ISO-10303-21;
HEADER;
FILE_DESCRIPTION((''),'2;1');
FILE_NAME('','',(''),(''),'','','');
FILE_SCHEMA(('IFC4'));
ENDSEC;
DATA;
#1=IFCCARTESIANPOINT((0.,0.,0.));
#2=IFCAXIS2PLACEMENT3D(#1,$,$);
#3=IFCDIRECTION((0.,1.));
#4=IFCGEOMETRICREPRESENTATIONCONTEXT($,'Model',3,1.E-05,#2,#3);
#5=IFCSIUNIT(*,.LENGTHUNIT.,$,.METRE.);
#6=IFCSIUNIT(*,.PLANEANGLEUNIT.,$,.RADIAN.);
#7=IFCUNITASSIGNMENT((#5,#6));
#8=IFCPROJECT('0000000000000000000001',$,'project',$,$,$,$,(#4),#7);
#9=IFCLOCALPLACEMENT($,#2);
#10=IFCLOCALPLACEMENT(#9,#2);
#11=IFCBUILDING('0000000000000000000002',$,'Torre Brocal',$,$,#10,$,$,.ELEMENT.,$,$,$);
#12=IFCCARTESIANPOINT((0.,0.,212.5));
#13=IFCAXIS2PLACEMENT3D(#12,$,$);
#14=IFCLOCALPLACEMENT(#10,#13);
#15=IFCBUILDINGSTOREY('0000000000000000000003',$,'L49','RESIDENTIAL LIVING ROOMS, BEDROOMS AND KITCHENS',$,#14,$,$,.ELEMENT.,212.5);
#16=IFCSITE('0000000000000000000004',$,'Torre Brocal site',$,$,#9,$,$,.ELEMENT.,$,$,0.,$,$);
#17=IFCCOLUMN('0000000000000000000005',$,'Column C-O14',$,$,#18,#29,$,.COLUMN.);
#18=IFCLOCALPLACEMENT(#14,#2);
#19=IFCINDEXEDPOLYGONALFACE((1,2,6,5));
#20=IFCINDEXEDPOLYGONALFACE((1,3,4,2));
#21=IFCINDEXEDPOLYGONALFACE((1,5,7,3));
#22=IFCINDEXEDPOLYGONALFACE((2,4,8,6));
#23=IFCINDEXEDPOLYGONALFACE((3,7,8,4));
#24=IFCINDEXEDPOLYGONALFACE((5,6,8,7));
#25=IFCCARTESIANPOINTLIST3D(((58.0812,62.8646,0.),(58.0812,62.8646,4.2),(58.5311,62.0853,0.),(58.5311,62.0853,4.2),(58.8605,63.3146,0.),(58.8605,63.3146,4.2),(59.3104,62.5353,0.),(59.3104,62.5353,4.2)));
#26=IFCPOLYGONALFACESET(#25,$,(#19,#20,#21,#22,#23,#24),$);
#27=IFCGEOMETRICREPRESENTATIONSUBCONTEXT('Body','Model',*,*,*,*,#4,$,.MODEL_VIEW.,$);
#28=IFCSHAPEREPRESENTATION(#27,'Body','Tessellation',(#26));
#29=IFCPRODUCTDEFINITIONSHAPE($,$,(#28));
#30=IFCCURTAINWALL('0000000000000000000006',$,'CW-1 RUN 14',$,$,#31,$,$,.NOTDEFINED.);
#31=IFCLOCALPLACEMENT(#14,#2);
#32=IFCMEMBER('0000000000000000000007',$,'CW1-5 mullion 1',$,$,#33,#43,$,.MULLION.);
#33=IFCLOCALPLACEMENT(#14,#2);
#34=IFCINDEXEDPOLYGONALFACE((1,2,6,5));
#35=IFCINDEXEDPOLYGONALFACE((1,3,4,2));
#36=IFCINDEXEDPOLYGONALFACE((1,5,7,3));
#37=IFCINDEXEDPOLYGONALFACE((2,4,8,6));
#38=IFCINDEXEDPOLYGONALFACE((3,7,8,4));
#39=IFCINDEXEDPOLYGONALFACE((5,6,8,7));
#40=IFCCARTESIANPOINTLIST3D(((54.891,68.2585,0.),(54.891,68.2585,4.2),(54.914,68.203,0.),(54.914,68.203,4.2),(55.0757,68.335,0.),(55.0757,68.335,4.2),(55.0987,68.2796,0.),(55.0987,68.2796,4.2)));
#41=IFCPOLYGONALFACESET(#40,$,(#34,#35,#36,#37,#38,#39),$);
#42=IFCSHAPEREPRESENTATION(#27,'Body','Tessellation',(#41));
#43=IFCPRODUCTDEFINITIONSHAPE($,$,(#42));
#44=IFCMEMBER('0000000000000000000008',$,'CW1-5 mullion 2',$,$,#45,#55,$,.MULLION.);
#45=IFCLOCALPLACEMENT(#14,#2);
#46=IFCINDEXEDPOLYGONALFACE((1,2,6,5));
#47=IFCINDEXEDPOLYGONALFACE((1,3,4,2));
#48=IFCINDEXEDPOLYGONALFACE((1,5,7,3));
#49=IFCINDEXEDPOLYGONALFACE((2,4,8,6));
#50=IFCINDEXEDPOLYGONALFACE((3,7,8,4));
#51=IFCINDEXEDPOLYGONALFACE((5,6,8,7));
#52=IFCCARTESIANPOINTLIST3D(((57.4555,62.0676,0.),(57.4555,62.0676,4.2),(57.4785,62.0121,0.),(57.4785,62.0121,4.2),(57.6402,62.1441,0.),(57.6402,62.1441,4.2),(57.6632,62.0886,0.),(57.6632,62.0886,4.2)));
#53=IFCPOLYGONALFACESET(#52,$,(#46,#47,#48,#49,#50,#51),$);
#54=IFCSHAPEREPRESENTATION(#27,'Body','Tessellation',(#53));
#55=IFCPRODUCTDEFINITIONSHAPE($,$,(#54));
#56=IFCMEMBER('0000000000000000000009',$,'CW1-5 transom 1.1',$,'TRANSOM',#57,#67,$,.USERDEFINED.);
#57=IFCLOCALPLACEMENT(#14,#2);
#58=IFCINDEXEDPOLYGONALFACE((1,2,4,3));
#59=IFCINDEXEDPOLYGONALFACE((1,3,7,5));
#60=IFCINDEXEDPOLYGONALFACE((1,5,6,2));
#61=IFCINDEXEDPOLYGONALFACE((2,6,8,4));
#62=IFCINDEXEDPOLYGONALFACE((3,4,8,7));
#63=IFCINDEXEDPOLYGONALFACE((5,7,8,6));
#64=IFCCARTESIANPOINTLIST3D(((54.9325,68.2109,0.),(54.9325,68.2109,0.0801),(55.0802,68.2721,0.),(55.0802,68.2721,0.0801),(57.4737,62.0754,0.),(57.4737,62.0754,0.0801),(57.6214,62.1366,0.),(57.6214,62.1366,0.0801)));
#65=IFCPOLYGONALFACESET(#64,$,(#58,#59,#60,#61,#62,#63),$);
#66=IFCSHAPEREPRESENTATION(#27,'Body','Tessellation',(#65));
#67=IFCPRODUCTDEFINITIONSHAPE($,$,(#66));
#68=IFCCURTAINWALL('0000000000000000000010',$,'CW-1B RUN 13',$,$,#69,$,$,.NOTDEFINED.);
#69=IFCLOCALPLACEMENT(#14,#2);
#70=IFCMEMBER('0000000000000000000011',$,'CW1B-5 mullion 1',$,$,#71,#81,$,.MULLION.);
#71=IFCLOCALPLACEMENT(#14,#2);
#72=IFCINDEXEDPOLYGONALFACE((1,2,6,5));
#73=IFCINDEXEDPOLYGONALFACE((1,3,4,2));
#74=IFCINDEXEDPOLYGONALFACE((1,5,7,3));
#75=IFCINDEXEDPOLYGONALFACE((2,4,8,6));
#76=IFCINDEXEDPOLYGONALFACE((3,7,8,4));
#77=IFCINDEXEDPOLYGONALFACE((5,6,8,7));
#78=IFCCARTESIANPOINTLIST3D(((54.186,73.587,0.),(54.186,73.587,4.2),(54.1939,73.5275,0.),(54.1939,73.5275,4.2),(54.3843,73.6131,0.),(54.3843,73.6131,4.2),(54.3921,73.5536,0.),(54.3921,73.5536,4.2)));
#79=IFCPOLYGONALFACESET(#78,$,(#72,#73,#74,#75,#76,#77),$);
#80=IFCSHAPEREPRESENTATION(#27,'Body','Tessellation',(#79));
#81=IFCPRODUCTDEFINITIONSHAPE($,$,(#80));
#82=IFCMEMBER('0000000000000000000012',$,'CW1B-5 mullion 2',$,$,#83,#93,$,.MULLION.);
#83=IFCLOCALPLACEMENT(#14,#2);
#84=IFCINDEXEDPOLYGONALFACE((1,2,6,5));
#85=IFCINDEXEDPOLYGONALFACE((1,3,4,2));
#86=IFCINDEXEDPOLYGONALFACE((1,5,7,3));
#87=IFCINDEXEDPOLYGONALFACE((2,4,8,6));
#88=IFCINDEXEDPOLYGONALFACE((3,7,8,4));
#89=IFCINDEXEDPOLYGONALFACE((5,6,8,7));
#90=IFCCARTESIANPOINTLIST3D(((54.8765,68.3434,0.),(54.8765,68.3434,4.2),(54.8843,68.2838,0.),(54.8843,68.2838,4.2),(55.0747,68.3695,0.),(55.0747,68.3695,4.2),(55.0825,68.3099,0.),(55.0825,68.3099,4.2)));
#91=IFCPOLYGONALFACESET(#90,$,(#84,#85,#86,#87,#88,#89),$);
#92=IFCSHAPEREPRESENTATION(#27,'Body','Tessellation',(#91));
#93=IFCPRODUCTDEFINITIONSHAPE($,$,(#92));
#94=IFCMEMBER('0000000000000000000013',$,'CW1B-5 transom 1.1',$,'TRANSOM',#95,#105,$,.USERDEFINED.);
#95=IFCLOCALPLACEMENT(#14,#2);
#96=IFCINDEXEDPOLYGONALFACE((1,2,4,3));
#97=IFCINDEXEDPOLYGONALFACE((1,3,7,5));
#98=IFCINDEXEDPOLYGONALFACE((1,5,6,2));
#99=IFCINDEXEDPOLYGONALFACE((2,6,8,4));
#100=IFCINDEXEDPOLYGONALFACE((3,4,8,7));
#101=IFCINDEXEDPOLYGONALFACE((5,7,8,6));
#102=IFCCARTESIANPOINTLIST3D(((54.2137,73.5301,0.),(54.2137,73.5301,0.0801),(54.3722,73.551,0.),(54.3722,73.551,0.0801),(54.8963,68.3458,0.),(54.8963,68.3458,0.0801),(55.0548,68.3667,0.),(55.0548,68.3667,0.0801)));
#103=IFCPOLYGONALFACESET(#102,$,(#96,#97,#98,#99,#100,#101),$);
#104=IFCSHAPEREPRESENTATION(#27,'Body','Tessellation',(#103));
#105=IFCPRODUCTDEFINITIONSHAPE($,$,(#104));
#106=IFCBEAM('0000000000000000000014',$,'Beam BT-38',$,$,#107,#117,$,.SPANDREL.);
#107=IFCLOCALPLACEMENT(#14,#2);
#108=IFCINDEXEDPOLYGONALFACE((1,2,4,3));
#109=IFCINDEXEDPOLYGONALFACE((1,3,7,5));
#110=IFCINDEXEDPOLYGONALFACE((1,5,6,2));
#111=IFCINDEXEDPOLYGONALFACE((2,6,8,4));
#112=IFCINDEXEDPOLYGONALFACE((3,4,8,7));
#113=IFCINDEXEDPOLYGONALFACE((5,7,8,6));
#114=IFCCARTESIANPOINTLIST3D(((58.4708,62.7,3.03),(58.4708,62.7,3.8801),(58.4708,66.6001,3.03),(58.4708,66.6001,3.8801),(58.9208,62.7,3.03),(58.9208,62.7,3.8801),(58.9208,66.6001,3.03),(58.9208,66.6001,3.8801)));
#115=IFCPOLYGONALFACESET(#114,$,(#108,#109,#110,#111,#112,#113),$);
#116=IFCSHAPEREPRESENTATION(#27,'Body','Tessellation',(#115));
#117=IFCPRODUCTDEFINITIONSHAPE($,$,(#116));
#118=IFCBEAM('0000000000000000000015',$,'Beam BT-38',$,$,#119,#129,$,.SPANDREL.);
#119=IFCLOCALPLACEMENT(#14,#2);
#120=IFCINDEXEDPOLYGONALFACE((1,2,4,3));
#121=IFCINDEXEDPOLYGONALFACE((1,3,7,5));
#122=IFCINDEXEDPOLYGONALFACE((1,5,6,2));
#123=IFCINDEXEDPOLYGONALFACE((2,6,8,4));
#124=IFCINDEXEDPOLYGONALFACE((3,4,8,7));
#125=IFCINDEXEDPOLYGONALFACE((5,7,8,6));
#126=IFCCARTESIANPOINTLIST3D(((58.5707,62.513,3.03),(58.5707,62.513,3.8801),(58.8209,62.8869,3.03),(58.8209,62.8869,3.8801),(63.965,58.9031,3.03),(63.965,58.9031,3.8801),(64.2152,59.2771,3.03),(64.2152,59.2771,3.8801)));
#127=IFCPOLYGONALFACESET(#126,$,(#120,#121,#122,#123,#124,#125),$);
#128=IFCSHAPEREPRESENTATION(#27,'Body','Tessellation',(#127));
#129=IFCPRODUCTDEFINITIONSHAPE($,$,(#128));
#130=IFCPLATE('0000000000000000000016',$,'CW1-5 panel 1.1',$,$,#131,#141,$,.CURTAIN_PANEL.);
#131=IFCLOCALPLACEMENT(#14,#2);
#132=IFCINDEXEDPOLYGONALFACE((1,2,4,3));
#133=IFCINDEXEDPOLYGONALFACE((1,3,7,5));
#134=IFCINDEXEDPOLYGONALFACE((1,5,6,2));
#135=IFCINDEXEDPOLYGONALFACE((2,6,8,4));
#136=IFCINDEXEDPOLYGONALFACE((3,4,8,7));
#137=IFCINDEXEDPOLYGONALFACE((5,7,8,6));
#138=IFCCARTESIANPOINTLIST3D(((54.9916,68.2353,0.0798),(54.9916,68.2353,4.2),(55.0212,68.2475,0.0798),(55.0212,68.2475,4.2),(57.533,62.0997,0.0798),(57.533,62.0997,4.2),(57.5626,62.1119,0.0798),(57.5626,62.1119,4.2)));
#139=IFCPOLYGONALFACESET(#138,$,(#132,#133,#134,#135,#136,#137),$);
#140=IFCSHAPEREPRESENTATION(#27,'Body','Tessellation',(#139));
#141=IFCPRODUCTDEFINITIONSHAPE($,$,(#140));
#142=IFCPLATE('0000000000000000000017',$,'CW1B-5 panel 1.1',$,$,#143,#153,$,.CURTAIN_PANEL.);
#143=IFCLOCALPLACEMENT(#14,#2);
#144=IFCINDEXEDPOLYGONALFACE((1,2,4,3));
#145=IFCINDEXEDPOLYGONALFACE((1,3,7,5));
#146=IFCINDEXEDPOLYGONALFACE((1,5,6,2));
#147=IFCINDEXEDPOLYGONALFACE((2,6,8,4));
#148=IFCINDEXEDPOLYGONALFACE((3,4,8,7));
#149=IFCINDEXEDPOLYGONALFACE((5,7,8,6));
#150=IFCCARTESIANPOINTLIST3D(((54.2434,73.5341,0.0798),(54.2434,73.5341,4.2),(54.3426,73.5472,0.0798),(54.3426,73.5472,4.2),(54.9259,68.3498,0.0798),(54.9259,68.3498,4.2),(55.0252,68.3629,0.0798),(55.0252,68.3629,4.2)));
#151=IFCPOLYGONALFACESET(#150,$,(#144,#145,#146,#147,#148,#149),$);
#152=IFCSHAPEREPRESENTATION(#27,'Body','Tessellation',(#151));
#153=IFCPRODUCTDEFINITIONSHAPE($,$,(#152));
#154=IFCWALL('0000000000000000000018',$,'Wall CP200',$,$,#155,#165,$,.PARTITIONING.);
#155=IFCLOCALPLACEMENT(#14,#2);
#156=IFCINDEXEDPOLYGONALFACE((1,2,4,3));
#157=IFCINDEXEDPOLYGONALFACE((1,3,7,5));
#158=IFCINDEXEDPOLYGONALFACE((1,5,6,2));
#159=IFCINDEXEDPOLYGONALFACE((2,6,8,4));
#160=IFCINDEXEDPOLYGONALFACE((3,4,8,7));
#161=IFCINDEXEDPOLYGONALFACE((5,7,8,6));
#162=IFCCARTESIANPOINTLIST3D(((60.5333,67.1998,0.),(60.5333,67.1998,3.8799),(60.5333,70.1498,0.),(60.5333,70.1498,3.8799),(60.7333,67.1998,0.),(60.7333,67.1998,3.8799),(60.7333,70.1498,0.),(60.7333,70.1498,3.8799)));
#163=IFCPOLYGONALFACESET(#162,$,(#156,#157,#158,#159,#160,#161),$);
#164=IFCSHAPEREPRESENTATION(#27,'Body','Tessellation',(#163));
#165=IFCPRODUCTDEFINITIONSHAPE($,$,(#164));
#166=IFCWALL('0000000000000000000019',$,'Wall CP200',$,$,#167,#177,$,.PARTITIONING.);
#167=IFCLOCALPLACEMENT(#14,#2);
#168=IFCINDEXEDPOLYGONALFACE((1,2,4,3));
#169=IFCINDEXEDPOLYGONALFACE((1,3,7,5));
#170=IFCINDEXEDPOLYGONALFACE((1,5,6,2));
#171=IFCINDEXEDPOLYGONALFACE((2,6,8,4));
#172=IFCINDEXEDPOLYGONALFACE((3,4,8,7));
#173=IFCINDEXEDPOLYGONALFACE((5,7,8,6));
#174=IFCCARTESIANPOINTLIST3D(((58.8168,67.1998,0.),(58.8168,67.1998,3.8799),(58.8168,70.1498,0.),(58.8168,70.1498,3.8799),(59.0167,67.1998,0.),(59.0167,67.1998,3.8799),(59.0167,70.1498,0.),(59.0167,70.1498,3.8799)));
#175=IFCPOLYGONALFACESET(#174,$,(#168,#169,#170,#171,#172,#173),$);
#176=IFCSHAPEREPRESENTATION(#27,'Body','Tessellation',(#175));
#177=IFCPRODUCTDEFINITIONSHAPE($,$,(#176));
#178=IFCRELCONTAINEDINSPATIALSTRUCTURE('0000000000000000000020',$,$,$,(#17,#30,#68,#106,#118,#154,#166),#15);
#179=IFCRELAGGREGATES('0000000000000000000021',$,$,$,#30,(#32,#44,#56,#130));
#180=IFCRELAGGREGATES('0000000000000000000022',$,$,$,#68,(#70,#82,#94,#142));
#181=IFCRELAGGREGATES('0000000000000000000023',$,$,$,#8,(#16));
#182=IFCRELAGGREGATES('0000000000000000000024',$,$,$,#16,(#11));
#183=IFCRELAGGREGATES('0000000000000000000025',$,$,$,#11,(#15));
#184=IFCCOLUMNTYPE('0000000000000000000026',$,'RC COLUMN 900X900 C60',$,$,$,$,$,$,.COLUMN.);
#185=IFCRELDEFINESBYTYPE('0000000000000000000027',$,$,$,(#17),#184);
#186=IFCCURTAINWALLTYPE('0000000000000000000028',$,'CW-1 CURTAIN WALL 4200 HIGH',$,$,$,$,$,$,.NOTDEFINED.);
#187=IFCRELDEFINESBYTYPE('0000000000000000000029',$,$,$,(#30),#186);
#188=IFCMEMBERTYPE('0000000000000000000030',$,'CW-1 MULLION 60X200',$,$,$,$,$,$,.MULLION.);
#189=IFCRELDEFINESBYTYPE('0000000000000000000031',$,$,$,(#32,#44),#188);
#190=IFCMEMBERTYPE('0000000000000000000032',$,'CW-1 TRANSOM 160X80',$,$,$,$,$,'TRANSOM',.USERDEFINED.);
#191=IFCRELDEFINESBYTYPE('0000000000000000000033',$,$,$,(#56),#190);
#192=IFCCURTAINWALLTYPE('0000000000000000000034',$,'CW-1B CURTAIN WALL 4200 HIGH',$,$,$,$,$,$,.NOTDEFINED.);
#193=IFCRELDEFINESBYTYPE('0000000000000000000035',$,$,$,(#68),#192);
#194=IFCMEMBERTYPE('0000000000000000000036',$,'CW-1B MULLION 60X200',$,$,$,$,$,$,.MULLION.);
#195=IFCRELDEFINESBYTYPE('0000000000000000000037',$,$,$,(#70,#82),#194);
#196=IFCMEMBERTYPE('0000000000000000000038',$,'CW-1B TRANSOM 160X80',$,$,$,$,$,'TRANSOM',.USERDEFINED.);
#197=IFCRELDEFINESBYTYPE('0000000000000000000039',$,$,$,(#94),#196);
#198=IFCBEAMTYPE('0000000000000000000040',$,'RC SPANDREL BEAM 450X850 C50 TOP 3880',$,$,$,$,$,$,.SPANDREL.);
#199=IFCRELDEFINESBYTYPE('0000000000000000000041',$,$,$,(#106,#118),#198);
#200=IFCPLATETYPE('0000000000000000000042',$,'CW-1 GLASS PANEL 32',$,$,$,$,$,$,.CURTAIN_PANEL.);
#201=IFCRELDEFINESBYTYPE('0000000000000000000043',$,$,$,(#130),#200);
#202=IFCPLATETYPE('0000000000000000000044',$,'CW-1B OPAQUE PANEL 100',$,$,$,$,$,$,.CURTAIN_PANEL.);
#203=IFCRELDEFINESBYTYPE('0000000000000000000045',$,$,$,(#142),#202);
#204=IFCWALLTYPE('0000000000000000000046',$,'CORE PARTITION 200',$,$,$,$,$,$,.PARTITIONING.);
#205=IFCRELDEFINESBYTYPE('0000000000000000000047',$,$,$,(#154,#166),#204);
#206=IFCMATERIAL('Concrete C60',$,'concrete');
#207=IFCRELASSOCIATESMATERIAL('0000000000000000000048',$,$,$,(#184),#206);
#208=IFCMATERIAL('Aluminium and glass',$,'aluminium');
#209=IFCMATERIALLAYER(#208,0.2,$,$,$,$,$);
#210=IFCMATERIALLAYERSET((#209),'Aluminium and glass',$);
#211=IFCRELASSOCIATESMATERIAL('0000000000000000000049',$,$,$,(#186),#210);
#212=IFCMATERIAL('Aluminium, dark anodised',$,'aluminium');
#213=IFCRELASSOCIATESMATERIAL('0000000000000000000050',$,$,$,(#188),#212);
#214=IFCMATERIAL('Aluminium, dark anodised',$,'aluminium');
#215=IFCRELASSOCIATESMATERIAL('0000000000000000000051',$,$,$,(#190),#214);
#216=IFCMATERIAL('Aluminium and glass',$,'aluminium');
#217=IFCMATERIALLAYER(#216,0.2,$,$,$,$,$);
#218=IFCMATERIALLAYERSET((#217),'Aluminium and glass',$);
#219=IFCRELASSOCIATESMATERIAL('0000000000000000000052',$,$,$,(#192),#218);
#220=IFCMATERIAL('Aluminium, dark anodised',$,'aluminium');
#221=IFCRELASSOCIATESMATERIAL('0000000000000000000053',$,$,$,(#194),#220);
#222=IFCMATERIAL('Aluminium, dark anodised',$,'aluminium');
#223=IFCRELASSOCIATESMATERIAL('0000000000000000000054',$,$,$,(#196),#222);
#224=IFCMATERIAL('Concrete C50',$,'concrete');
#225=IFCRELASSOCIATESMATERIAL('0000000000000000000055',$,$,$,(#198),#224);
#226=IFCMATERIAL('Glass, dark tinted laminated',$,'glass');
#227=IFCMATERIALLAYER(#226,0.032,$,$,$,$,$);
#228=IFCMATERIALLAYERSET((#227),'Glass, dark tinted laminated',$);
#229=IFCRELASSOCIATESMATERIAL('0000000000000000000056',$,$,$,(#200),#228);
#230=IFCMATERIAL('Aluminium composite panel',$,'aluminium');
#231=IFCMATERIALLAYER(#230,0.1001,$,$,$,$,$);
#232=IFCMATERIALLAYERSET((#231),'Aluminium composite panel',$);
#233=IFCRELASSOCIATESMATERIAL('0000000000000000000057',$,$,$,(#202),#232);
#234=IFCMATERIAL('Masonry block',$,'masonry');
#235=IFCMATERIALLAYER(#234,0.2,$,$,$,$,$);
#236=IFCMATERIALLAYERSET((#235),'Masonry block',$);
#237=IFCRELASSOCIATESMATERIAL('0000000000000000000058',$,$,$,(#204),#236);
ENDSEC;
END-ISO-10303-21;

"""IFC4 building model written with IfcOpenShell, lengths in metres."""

from ifc_helpers import new_model, si_unit, direction, frame, frame_2d, origin, origin_2d, place, context, subcontext, project, spatial, rectangle, extrude, material, layer, layer_set, material_profile, profile_set, type_object, element, aggregate, save


model = new_model("IFC4")

# Units and contexts
model_context = context("Model", 3, precision=1e-05, world=origin(), true_north=direction((0.0, 1.0)))
body_context = subcontext(model_context, "Body", "Model", "MODEL_VIEW")
ifc_project = project(units=[si_unit("LENGTHUNIT", "METRE"), si_unit("PLANEANGLEUNIT", "RADIAN")], contexts=[model_context])

# Site, building, storey
site_placement = place(None, origin())
site = spatial("IfcSite", under=ifc_project, at=site_placement, Name="Torre Brocal site", CompositionType="ELEMENT", RefElevation=0.0)
building_placement = place(site_placement, origin())
building = spatial("IfcBuilding", under=site, at=building_placement, Name="Torre Brocal", CompositionType="ELEMENT")
storey_placement = place(building_placement, frame((0.0, 0.0, 212.5)))
storey = spatial("IfcBuildingStorey", under=building, at=storey_placement, Name="L49", Description="RESIDENTIAL LIVING ROOMS, BEDROOMS AND KITCHENS", CompositionType="ELEMENT", Elevation=212.5)

# Column
ifc_material_1 = material(Name="Concrete C60", Category="concrete")
ifc_material_profile_1 = material_profile(ifc_material_1, rectangle(XDim=0.8999, YDim=0.8999, at=origin_2d()), Name="RC 900X900")
ifc_profile_set_1 = profile_set([ifc_material_profile_1], Name="Concrete C60")
column_type = type_object("IfcColumnType", Name="RC COLUMN 900X900 C60", PredefinedType="COLUMN", material=ifc_profile_set_1)
column_placement = place(storey_placement, frame((58.6958, 62.7, 0.0), z_axis=(0.0, 0.0, 1.0), x_axis=(-0.866025, -0.5, 0.0)))
element("IfcColumn", 1, at=column_placement, inside=storey, type_object=column_type, Name="Column C-O14", PredefinedType="COLUMN", context=body_context, shape_type="SweptSolid", body=[
    extrude(rectangle(XDim=0.8999, YDim=0.8999, at=origin_2d()), origin(), (0.0, 0.0, 1.0), 4.2),
])

# Curtain walls, members
ifc_material_2 = material(Name="Aluminium and glass", Category="aluminium")
ifc_layer_1 = layer(ifc_material_2, 0.2)
ifc_layer_set_1 = layer_set([ifc_layer_1], Name="Aluminium and glass")
curtain_wall_type_1 = type_object("IfcCurtainWallType", Name="CW-1 CURTAIN WALL 4200 HIGH", PredefinedType="NOTDEFINED", material=ifc_layer_set_1)
curtain_wall_1_placement = place(storey_placement, origin())
curtain_wall_1 = element("IfcCurtainWall", 2, at=curtain_wall_1_placement, inside=storey, type_object=curtain_wall_type_1, Name="CW-1 RUN 14", PredefinedType="NOTDEFINED")
ifc_material_3 = material(Name="Aluminium, dark anodised", Category="aluminium")
ifc_material_profile_2 = material_profile(ifc_material_3, rectangle(XDim=0.2, YDim=0.0601, at=origin_2d()), Name="CW-1 MULLION 60X200")
ifc_profile_set_2 = profile_set([ifc_material_profile_2], Name="Aluminium, dark anodised")
member_type_1 = type_object("IfcMemberType", Name="CW-1 MULLION 60X200", PredefinedType="MULLION", material=ifc_profile_set_2)
member_1_placement = place(storey_placement, frame((54.9949, 68.269, 0.0), z_axis=(0.0, 0.0, 1.0), x_axis=(0.92388, 0.382683, 0.0)))
member_1 = element("IfcMember", 3, at=member_1_placement, type_object=member_type_1, Name="CW1-5 mullion 1", PredefinedType="MULLION", context=body_context, shape_type="SweptSolid", body=[
    extrude(rectangle(XDim=0.2, YDim=0.0601, at=origin_2d()), origin(), (0.0, 0.0, 1.0), 4.2),
])
member_2_placement = place(storey_placement, frame((57.5593, 62.0781, 0.0), z_axis=(0.0, 0.0, 1.0), x_axis=(0.92388, 0.382683, 0.0)))
member_2 = element("IfcMember", 4, at=member_2_placement, type_object=member_type_1, Name="CW1-5 mullion 2", PredefinedType="MULLION", context=body_context, shape_type="SweptSolid", body=[
    extrude(rectangle(XDim=0.2, YDim=0.0601, at=origin_2d()), origin(), (0.0, 0.0, 1.0), 4.2),
])
ifc_material_4 = material(Name="Aluminium, dark anodised", Category="aluminium")
ifc_material_profile_3 = material_profile(ifc_material_4, rectangle(XDim=0.1599, YDim=0.0801, at=origin_2d()), Name="CW-1 TRANSOM 160X80")
ifc_profile_set_3 = profile_set([ifc_material_profile_3], Name="Aluminium, dark anodised")
member_type_2 = type_object("IfcMemberType", Name="CW-1 TRANSOM 160X80", ElementType="TRANSOM", PredefinedType="USERDEFINED", material=ifc_profile_set_3)
member_3_placement = place(storey_placement, frame((55.0063, 68.2415, 0.04), z_axis=(0.382665, -0.923887, 0.0), x_axis=(0.923887, 0.382665, 0.0)))
member_3 = element("IfcMember", 5, at=member_3_placement, type_object=member_type_2, Name="CW1-5 transom 1.1", ObjectType="TRANSOM", PredefinedType="USERDEFINED", context=body_context, shape_type="SweptSolid", body=[
    extrude(rectangle(XDim=0.1599, YDim=0.0801, at=origin_2d()), origin(), (0.0, 0.0, 1.0), 6.6409),
])
ifc_material_5 = material(Name="Aluminium and glass", Category="aluminium")
ifc_layer_2 = layer(ifc_material_5, 0.2)
ifc_layer_set_2 = layer_set([ifc_layer_2], Name="Aluminium and glass")
curtain_wall_type_2 = type_object("IfcCurtainWallType", Name="CW-1B CURTAIN WALL 4200 HIGH", PredefinedType="NOTDEFINED", material=ifc_layer_set_2)
curtain_wall_2_placement = place(storey_placement, origin())
curtain_wall_2 = element("IfcCurtainWall", 6, at=curtain_wall_2_placement, inside=storey, type_object=curtain_wall_type_2, Name="CW-1B RUN 13", PredefinedType="NOTDEFINED")
ifc_material_6 = material(Name="Aluminium, dark anodised", Category="aluminium")
ifc_material_profile_4 = material_profile(ifc_material_6, rectangle(XDim=0.2, YDim=0.0601, at=origin_2d()), Name="CW-1B MULLION 60X200")
ifc_profile_set_4 = profile_set([ifc_material_profile_4], Name="Aluminium, dark anodised")
member_type_3 = type_object("IfcMemberType", Name="CW-1B MULLION 60X200", PredefinedType="MULLION", material=ifc_profile_set_4)
member_4_placement = place(storey_placement, frame((54.2891, 73.5703, 0.0), z_axis=(0.0, 0.0, 1.0), x_axis=(0.991445, 0.130526, 0.0)))
member_4 = element("IfcMember", 7, at=member_4_placement, type_object=member_type_3, Name="CW1B-5 mullion 1", PredefinedType="MULLION", context=body_context, shape_type="SweptSolid", body=[
    extrude(rectangle(XDim=0.2, YDim=0.0601, at=origin_2d()), origin(), (0.0, 0.0, 1.0), 4.2),
])
member_5_placement = place(storey_placement, frame((54.9795, 68.3267, 0.0), z_axis=(0.0, 0.0, 1.0), x_axis=(0.991445, 0.130526, 0.0)))
member_5 = element("IfcMember", 8, at=member_5_placement, type_object=member_type_3, Name="CW1B-5 mullion 2", PredefinedType="MULLION", context=body_context, shape_type="SweptSolid", body=[
    extrude(rectangle(XDim=0.2, YDim=0.0601, at=origin_2d()), origin(), (0.0, 0.0, 1.0), 4.2),
])
ifc_material_7 = material(Name="Aluminium, dark anodised", Category="aluminium")
ifc_material_profile_5 = material_profile(ifc_material_7, rectangle(XDim=0.1599, YDim=0.0801, at=origin_2d()), Name="CW-1B TRANSOM 160X80")
ifc_profile_set_5 = profile_set([ifc_material_profile_5], Name="Aluminium, dark anodised")
member_type_4 = type_object("IfcMemberType", Name="CW-1B TRANSOM 160X80", ElementType="TRANSOM", PredefinedType="USERDEFINED", material=ifc_profile_set_5)
member_6_placement = place(storey_placement, frame((54.293, 73.5405, 0.04), z_axis=(0.130543, -0.991443, 0.0), x_axis=(0.991443, 0.130543, 0.0)))
member_6 = element("IfcMember", 9, at=member_6_placement, type_object=member_type_4, Name="CW1B-5 transom 1.1", ObjectType="TRANSOM", PredefinedType="USERDEFINED", context=body_context, shape_type="SweptSolid", body=[
    extrude(rectangle(XDim=0.1599, YDim=0.0801, at=origin_2d()), origin(), (0.0, 0.0, 1.0), 5.229),
])

# Beams
ifc_material_8 = material(Name="Concrete C50", Category="concrete")
ifc_material_profile_6 = material_profile(ifc_material_8, rectangle(XDim=0.45, YDim=0.8501, at=origin_2d()), Name="RC 450X850")
ifc_profile_set_6 = profile_set([ifc_material_profile_6], Name="Concrete C50")
beam_type = type_object("IfcBeamType", Name="RC SPANDREL BEAM 450X850 C50 TOP 3880", PredefinedType="SPANDREL", material=ifc_profile_set_6)
beam_1_placement = place(storey_placement, frame((58.6958, 62.7, 3.4551), z_axis=(0.0, 1.0, 0.0), x_axis=(-1.0, 0.0, 0.0)))
element("IfcBeam", 10, at=beam_1_placement, inside=storey, type_object=beam_type, Name="Beam BT-38", PredefinedType="SPANDREL", context=body_context, shape_type="SweptSolid", body=[
    extrude(rectangle(XDim=0.45, YDim=0.8501, at=origin_2d()), origin(), (0.0, 0.0, 1.0), 3.9001),
])
beam_2_placement = place(storey_placement, frame((58.6958, 62.7, 3.4551), z_axis=(0.831077, -0.556158, 0.0), x_axis=(0.556158, 0.831077, 0.0)))
element("IfcBeam", 11, at=beam_2_placement, inside=storey, type_object=beam_type, Name="Beam BT-38", PredefinedType="SPANDREL", context=body_context, shape_type="SweptSolid", body=[
    extrude(rectangle(XDim=0.45, YDim=0.8501, at=origin_2d()), origin(), (0.0, 0.0, 1.0), 6.4907),
])

# Plates
ifc_material_9 = material(Name="Glass, dark tinted laminated", Category="glass")
ifc_layer_3 = layer(ifc_material_9, 0.032)
ifc_layer_set_3 = layer_set([ifc_layer_3], Name="Glass, dark tinted laminated")
plate_type_1 = type_object("IfcPlateType", Name="CW-1 GLASS PANEL 32", PredefinedType="CURTAIN_PANEL", material=ifc_layer_set_3)
plate_1_placement = place(storey_placement, frame((56.2771, 65.1736, 0.0798), z_axis=(0.0, 0.0, 1.0), x_axis=(0.382683, -0.92388, 0.0)))
plate_1 = element("IfcPlate", 12, at=plate_1_placement, type_object=plate_type_1, Name="CW1-5 panel 1.1", PredefinedType="CURTAIN_PANEL", context=body_context, shape_type="SweptSolid", body=[
    extrude(rectangle(XDim=6.6411, YDim=0.032, at=origin_2d()), origin(), (0.0, 0.0, 1.0), 4.1201),
])
aggregate(curtain_wall_1, [member_1, member_2, member_3, plate_1])
ifc_material_10 = material(Name="Aluminium composite panel", Category="aluminium")
ifc_layer_4 = layer(ifc_material_10, 0.1001)
ifc_layer_set_4 = layer_set([ifc_layer_4], Name="Aluminium composite panel")
plate_type_2 = type_object("IfcPlateType", Name="CW-1B OPAQUE PANEL 100", PredefinedType="CURTAIN_PANEL", material=ifc_layer_set_4)
plate_2_placement = place(storey_placement, frame((54.6343, 70.9485, 0.0798), z_axis=(0.0, 0.0, 1.0), x_axis=(0.130526, -0.991445, 0.0)))
plate_2 = element("IfcPlate", 13, at=plate_2_placement, type_object=plate_type_2, Name="CW1B-5 panel 1.1", PredefinedType="CURTAIN_PANEL", context=body_context, shape_type="SweptSolid", body=[
    extrude(rectangle(XDim=5.229, YDim=0.1001, at=origin_2d()), origin(), (0.0, 0.0, 1.0), 4.1201),
])
aggregate(curtain_wall_2, [member_4, member_5, member_6, plate_2])

# Walls
ifc_material_11 = material(Name="Masonry block", Category="masonry")
ifc_layer_5 = layer(ifc_material_11, 0.2)
ifc_layer_set_5 = layer_set([ifc_layer_5], Name="Masonry block")
wall_type_1 = type_object("IfcWallType", Name="CORE PARTITION 200", PredefinedType="PARTITIONING", material=ifc_layer_set_5)
for number, where, z_axis, x_axis, name in (
    (14, (60.6333, 70.1499, 0.0), (0.0, 0.0, 1.0), (0.0, -1.0, 0.0), "Wall CP200"),
    (15, (58.9167, 70.1499, 0.0), (0.0, 0.0, 1.0), (0.0, -1.0, 0.0), "Wall CP200"),
):
    element("IfcWall", number, at=place(storey_placement, frame(where, z_axis=z_axis, x_axis=x_axis)), inside=storey, type_object=wall_type_1, Name=name, PredefinedType="PARTITIONING", context=body_context, shape_type="SweptSolid", body=[
        extrude(rectangle(XDim=2.95, YDim=0.2, at=frame_2d((1.4751, 0.0))), origin(), (0.0, 0.0, 1.0), 3.8799),
    ])

save(model, "model.ifc")
